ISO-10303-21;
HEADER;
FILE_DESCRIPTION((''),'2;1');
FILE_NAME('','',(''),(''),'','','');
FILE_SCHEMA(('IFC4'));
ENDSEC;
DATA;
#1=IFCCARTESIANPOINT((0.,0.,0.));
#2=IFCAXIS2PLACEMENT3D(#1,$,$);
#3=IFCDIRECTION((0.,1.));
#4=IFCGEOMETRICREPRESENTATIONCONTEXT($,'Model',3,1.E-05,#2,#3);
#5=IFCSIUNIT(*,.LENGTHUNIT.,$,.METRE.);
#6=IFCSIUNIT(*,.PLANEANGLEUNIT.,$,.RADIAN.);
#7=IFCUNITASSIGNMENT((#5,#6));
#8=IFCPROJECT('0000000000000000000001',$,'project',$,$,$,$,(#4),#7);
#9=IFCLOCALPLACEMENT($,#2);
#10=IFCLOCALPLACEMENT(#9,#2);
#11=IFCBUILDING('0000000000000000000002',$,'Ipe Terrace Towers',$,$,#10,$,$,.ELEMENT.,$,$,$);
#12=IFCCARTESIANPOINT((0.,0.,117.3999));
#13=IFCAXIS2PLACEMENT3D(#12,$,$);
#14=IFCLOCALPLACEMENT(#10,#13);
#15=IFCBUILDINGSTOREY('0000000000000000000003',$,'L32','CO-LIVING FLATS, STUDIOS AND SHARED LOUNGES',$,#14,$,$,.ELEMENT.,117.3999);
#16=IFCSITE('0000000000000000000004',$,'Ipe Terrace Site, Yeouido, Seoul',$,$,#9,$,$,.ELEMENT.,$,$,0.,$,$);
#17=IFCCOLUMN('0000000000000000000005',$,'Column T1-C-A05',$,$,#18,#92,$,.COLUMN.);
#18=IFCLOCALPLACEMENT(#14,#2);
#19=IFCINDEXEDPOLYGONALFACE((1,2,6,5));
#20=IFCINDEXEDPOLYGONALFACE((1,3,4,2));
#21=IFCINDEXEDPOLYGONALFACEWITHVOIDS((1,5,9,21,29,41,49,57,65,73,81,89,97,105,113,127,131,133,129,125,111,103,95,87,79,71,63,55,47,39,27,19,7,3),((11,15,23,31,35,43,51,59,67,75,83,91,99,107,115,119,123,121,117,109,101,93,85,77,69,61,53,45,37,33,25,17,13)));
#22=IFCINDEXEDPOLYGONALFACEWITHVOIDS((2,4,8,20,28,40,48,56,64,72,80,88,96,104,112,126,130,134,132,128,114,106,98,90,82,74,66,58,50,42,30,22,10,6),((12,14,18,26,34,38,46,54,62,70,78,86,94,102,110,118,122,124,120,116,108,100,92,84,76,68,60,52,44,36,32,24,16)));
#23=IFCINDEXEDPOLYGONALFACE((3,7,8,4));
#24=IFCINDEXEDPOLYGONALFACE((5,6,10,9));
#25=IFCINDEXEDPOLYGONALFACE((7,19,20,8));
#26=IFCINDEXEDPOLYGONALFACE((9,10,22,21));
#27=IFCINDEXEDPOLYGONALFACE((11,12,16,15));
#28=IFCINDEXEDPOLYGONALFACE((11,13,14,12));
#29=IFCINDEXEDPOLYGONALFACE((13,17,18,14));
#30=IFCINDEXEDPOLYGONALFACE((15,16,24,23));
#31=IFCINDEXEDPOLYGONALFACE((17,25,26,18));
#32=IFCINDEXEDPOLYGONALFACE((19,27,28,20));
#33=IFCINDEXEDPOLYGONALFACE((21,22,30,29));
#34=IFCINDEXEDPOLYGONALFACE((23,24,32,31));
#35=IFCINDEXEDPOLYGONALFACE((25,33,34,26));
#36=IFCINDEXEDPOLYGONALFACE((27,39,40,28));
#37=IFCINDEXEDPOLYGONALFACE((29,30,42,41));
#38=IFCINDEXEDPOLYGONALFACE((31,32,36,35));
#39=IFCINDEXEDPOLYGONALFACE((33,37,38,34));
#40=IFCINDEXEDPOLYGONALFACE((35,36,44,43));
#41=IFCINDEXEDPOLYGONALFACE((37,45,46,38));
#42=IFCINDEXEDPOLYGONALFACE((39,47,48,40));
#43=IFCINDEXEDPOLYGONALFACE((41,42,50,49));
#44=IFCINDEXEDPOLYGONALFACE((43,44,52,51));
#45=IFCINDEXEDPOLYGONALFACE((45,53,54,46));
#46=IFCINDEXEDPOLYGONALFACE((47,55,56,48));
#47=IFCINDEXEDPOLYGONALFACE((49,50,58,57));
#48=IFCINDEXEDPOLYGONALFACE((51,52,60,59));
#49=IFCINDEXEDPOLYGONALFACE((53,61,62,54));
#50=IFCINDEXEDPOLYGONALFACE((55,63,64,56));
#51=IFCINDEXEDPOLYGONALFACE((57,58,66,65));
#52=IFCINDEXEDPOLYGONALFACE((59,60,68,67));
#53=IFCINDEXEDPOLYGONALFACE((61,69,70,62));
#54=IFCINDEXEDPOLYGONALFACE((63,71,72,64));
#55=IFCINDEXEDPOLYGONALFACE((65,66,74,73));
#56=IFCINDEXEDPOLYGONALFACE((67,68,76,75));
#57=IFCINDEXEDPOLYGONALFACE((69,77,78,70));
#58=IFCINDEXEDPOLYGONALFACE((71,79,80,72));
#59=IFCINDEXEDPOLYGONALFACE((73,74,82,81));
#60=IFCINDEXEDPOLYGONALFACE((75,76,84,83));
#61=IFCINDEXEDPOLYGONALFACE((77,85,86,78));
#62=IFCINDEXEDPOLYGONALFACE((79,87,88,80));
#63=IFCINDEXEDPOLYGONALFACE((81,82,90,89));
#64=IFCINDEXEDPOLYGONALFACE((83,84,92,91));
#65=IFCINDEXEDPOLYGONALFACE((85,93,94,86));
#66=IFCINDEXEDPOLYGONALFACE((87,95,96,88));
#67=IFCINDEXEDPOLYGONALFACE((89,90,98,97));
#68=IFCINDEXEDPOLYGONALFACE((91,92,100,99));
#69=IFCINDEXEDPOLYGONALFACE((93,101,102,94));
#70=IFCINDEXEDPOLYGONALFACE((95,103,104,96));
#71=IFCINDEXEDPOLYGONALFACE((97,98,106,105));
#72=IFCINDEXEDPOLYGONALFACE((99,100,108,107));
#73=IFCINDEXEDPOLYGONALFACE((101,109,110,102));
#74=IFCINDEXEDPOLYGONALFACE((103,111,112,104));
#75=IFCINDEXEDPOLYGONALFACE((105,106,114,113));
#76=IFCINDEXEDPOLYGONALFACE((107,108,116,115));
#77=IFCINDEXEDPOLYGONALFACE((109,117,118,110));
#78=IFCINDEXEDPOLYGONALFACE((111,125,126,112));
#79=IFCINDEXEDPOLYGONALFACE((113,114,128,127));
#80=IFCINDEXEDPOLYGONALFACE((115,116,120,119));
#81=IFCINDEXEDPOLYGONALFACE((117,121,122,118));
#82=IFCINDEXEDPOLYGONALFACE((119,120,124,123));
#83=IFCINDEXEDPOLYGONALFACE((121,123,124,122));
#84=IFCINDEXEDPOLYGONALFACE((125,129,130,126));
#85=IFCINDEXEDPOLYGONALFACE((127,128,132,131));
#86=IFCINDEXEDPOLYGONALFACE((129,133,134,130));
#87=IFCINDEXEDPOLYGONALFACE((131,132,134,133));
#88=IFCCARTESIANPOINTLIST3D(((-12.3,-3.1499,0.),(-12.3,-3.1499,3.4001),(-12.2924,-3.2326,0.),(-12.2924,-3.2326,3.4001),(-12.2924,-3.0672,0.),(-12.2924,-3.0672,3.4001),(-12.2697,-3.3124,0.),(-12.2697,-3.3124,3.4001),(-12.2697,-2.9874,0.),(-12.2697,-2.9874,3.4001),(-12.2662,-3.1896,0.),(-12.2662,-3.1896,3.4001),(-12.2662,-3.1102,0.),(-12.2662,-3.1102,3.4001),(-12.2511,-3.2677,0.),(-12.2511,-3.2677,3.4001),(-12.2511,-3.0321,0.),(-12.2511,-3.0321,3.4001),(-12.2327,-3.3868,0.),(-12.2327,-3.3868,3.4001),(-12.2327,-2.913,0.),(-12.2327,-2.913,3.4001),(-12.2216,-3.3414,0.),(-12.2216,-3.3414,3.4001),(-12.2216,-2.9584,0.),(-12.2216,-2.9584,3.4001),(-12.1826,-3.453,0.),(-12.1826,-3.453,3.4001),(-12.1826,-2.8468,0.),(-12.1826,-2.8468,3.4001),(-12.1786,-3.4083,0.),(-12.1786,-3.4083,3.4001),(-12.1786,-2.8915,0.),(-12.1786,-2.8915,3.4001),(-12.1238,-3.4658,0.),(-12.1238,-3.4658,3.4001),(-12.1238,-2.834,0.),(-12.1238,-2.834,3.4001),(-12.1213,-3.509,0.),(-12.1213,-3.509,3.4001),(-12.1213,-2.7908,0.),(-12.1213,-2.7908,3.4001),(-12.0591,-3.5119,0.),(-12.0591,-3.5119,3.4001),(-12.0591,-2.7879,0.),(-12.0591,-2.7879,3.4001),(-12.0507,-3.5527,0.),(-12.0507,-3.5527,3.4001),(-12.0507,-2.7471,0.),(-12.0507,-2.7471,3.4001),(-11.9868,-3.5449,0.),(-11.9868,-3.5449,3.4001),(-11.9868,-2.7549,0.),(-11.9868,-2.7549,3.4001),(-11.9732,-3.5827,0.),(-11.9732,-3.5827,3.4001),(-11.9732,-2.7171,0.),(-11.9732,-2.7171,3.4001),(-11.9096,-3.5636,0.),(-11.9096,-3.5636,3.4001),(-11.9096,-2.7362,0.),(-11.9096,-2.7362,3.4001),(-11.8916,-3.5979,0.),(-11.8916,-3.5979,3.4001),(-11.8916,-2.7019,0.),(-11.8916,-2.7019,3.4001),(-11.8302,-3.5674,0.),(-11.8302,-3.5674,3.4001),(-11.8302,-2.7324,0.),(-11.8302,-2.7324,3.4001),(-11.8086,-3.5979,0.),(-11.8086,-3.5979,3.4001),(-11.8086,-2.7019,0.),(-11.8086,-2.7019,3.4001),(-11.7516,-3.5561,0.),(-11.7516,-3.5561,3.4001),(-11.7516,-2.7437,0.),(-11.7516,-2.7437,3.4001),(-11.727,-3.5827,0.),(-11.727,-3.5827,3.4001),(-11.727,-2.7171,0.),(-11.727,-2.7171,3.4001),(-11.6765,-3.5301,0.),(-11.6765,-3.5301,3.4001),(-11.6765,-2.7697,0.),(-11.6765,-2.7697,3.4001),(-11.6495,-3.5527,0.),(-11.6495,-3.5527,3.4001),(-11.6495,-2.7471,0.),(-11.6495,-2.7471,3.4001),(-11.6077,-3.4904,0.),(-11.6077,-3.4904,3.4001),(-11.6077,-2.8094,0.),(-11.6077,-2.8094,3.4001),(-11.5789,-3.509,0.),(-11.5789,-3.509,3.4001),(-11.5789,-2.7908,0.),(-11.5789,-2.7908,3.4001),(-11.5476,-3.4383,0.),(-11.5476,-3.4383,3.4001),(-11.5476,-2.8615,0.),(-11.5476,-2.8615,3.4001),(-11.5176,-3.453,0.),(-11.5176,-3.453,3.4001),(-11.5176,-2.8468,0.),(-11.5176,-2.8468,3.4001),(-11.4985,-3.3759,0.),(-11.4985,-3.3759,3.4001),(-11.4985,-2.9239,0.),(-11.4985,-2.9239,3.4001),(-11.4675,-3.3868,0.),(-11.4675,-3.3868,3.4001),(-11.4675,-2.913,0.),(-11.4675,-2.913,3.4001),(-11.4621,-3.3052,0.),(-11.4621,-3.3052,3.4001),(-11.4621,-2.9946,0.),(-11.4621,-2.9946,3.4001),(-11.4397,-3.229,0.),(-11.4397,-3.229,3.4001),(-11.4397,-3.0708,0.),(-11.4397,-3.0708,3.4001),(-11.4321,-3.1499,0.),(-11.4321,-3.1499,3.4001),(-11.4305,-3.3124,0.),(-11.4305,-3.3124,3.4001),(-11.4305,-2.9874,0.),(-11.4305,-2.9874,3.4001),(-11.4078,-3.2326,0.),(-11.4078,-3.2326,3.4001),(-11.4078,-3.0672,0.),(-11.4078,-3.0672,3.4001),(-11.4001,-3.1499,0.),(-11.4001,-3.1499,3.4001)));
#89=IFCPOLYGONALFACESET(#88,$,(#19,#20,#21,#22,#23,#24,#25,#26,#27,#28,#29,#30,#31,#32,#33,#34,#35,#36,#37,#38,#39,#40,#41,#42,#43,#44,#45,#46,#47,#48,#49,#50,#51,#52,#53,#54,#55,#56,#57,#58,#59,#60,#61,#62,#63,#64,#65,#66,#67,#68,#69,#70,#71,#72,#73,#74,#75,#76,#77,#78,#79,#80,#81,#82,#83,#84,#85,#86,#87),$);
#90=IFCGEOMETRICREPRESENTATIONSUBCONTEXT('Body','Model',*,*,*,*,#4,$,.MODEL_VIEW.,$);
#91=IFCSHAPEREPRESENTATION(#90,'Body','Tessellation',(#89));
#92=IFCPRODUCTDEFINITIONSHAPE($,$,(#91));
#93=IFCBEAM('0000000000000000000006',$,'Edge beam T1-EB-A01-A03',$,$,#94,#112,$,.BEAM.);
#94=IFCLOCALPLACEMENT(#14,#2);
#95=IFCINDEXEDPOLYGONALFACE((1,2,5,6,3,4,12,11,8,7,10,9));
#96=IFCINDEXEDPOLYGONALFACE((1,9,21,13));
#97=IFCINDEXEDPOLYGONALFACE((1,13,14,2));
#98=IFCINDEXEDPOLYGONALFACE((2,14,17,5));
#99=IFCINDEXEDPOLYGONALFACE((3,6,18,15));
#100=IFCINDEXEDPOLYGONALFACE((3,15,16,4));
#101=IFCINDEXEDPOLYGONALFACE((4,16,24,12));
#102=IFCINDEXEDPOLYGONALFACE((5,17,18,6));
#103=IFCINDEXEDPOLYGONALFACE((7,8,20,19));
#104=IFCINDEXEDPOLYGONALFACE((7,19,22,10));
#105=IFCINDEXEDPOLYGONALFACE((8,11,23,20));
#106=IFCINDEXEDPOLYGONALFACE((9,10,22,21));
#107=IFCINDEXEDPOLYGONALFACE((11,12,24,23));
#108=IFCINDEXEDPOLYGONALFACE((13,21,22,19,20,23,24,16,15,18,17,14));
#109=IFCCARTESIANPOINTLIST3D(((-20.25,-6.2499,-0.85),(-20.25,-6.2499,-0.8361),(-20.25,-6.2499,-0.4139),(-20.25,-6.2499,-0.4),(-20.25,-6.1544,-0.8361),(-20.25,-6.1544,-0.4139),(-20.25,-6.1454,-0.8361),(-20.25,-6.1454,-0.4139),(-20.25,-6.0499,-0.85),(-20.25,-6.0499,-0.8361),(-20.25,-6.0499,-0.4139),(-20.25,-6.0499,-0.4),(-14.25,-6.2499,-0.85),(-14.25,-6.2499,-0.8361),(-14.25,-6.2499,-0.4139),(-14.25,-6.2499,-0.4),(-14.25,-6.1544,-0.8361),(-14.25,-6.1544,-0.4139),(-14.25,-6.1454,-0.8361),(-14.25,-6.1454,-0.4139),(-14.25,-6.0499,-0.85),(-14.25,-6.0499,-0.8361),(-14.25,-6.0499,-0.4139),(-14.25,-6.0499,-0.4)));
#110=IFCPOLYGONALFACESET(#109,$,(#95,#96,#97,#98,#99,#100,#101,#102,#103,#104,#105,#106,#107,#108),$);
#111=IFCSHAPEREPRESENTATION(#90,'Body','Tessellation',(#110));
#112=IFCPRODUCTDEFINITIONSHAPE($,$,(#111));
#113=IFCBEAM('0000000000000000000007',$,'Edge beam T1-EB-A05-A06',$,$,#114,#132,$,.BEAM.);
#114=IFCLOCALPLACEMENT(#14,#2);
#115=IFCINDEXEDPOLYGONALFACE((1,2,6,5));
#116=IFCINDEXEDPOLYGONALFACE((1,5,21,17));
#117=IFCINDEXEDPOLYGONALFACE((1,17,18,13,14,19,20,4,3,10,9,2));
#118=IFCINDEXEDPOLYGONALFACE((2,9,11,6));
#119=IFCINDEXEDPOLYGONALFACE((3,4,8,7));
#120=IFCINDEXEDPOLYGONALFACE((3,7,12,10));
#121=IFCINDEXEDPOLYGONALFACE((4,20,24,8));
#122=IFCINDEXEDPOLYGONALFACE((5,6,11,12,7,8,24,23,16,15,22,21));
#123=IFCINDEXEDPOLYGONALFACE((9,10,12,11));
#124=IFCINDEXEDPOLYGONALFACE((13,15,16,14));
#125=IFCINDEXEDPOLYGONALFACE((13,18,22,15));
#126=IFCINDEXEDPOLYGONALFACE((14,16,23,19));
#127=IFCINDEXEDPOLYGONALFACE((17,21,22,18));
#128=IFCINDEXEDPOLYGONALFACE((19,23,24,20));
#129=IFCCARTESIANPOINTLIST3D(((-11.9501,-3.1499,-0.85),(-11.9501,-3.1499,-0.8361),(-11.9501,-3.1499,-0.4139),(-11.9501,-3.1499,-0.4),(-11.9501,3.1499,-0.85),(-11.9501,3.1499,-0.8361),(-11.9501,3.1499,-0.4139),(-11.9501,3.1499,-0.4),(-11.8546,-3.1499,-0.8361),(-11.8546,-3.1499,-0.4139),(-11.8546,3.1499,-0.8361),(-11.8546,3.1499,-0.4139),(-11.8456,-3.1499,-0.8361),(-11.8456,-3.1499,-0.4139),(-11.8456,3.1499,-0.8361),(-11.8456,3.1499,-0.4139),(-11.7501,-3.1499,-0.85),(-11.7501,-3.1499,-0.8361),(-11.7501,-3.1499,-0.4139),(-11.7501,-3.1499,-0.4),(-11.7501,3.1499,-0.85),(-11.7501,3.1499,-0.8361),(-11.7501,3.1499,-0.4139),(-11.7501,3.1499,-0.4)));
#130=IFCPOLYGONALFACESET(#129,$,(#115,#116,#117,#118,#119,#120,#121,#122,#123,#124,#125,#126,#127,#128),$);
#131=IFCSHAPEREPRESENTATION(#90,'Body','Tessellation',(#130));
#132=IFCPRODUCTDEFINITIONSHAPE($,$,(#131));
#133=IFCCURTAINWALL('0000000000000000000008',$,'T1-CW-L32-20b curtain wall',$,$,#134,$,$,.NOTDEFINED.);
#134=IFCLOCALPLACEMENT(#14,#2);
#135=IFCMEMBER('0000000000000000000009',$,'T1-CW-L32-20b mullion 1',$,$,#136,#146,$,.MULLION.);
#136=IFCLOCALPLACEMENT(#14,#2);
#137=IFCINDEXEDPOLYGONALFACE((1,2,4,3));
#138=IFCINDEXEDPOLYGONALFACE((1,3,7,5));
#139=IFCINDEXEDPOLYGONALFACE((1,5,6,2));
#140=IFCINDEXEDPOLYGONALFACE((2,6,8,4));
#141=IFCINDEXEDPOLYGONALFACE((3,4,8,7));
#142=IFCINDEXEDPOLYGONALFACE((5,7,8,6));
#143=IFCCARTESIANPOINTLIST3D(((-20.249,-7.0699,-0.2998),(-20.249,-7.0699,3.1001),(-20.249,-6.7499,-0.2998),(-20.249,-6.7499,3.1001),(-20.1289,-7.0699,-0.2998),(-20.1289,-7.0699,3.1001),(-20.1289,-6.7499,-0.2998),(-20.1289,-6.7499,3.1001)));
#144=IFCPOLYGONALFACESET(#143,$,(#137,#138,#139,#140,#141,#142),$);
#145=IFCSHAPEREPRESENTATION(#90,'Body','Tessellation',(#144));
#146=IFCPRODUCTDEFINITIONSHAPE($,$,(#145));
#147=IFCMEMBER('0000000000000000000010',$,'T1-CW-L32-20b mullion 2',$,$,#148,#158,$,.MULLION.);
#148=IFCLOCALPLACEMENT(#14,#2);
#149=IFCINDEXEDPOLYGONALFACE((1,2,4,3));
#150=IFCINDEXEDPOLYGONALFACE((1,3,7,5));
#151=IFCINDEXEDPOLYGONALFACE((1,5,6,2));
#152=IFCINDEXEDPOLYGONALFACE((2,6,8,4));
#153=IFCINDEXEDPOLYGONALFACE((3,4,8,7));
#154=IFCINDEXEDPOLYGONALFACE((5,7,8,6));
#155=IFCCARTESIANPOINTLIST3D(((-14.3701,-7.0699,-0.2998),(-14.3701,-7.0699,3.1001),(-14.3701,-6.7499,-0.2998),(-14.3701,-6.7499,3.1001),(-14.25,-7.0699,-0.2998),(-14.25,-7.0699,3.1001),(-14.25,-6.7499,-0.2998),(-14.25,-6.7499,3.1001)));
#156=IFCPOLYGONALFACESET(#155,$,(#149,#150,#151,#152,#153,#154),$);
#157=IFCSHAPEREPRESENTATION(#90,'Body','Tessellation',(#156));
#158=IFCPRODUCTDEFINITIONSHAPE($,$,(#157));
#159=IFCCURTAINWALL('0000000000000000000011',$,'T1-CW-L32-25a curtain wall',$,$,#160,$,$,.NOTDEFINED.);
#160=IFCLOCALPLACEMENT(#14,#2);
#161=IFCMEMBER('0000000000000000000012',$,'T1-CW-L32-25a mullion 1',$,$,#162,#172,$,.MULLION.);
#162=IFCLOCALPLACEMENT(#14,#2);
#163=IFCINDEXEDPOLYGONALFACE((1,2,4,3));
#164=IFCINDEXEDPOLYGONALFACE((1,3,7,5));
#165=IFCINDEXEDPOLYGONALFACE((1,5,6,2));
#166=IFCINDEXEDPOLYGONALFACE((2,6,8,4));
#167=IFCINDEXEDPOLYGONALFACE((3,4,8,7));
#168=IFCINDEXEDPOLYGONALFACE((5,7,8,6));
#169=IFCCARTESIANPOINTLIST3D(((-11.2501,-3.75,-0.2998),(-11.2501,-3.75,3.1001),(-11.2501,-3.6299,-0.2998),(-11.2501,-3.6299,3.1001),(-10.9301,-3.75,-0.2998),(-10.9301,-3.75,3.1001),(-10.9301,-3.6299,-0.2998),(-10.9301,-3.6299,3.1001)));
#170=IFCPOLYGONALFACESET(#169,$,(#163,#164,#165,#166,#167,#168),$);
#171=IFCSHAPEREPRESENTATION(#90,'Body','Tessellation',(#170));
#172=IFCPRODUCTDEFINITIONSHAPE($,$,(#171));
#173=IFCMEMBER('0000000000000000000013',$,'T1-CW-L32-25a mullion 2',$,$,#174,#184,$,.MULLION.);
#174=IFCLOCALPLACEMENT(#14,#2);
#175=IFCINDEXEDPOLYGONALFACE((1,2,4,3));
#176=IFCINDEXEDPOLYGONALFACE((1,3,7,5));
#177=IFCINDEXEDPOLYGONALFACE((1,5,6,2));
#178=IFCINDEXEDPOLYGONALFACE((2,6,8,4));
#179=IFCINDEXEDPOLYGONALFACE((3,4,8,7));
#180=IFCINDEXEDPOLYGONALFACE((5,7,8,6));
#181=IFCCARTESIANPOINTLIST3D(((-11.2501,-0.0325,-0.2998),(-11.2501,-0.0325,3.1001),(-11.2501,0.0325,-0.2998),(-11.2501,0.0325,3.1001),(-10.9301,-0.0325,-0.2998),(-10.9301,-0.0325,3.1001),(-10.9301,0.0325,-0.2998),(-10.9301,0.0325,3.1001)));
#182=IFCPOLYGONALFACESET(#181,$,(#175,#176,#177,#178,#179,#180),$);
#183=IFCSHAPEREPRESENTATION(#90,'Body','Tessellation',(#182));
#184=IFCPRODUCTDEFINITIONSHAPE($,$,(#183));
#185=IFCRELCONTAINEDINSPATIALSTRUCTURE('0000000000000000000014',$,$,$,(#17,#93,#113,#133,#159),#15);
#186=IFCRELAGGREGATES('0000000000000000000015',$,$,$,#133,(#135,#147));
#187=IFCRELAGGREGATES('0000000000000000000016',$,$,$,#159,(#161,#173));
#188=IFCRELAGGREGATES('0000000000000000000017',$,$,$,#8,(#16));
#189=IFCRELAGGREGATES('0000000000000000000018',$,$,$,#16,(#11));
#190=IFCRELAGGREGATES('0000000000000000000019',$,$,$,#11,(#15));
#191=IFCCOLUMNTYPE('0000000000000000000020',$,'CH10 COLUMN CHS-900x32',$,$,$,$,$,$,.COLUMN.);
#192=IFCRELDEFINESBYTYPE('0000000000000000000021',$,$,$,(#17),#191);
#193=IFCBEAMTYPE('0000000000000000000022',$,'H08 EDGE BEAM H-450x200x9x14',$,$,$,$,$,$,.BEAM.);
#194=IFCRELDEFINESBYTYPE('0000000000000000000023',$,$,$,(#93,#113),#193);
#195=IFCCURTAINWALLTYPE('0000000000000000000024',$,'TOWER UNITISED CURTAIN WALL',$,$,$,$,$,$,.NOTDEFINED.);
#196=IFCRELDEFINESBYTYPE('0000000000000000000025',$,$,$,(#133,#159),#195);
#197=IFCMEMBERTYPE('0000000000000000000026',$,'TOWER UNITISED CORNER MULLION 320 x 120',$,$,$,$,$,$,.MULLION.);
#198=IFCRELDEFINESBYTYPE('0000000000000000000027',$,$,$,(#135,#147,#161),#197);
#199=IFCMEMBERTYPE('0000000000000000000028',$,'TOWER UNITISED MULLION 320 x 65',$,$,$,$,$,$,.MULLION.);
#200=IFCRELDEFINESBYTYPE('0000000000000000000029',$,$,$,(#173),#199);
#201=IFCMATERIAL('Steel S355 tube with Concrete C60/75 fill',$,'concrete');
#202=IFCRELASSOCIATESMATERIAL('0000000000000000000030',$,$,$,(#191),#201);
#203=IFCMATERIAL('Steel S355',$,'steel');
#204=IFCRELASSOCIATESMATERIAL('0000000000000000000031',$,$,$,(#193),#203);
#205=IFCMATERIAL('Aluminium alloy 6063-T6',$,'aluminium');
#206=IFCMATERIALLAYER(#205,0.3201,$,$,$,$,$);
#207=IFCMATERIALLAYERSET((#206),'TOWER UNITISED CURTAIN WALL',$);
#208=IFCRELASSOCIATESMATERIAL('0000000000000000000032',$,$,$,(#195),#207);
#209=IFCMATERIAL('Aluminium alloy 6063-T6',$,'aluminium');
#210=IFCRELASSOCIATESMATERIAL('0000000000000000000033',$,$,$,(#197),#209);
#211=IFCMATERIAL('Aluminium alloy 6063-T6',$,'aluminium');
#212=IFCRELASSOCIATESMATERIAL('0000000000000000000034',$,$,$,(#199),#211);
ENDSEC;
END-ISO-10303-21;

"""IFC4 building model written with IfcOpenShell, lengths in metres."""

from ifc_helpers import new_model, si_unit, direction, frame, origin, origin_2d, place, context, subcontext, project, spatial, rectangle, hollow_circle, i_section, extrude, material, layer, layer_set, material_profile, profile_set, type_object, element, aggregate, save


model = new_model("IFC4")

# Units and contexts
model_context = context("Model", 3, precision=1e-05, world=origin(), true_north=direction((0.0, 1.0)))
body_context = subcontext(model_context, "Body", "Model", "MODEL_VIEW")
ifc_project = project(units=[si_unit("LENGTHUNIT", "METRE"), si_unit("PLANEANGLEUNIT", "RADIAN")], contexts=[model_context])

# Site, building, storey
site_placement = place(None, origin())
site = spatial("IfcSite", under=ifc_project, at=site_placement, Name="Ipe Terrace Site, Yeouido, Seoul", CompositionType="ELEMENT", RefElevation=0.0)
building_placement = place(site_placement, origin())
building = spatial("IfcBuilding", under=site, at=building_placement, Name="Ipe Terrace Towers", CompositionType="ELEMENT")
storey_placement = place(building_placement, frame((0.0, 0.0, 117.3999)))
storey = spatial("IfcBuildingStorey", under=building, at=storey_placement, Name="L32", Description="CO-LIVING FLATS, STUDIOS AND SHARED LOUNGES", CompositionType="ELEMENT", Elevation=117.3999)

# Column
ifc_material_1 = material(Name="Steel S355 tube with Concrete C60/75 fill", Category="concrete")
ifc_material_profile_1 = material_profile(ifc_material_1, hollow_circle(Radius=0.45, WallThickness=0.032, at=origin_2d()), Name="CHS-900x32")
ifc_profile_set_1 = profile_set([ifc_material_profile_1], Name="Steel S355 tube with Concrete C60/75 fill")
column_type = type_object("IfcColumnType", Name="CH10 COLUMN CHS-900x32", PredefinedType="COLUMN", material=ifc_profile_set_1)
for number, where, z_axis, x_axis, name in (
    (1, (-11.8501, -3.1499, 0.0), (0.0, 0.0, 1.0), (1.0, 0.0, 0.0), "Column T1-C-A05"),
):
    element("IfcColumn", number, at=place(storey_placement, frame(where, z_axis=z_axis, x_axis=x_axis)), inside=storey, type_object=column_type, Name=name, PredefinedType="COLUMN", context=body_context, shape_type="SweptSolid", body=[
        extrude(hollow_circle(Radius=0.45, WallThickness=0.032, at=origin_2d()), origin(), (0.0, 0.0, 1.0), 3.4001),
    ])

# Beams
ifc_material_2 = material(Name="Steel S355", Category="steel")
ifc_material_profile_2 = material_profile(ifc_material_2, i_section(OverallWidth=0.2, OverallDepth=0.45, WebThickness=0.009, FlangeThickness=0.0139, at=origin_2d()), Name="H-450x200x9x14")
ifc_profile_set_2 = profile_set([ifc_material_profile_2], Name="Steel S355")
beam_type = type_object("IfcBeamType", Name="H08 EDGE BEAM H-450x200x9x14", PredefinedType="BEAM", material=ifc_profile_set_2)
beam_1_placement = place(storey_placement, frame((-20.25, -6.1499, -0.625), z_axis=(1.0, 0.0, 0.0), x_axis=(0.0, 1.0, 0.0)))
element("IfcBeam", 2, at=beam_1_placement, inside=storey, type_object=beam_type, Name="Edge beam T1-EB-A01-A03", PredefinedType="BEAM", context=body_context, shape_type="SweptSolid", body=[
    extrude(i_section(OverallWidth=0.2, OverallDepth=0.45, WebThickness=0.009, FlangeThickness=0.0139, at=origin_2d()), origin(), (0.0, 0.0, 1.0), 6.0),
])
beam_2_placement = place(storey_placement, frame((-11.8501, -3.1499, -0.625), z_axis=(0.0, 1.0, 0.0), x_axis=(-1.0, 0.0, 0.0)))
element("IfcBeam", 3, at=beam_2_placement, inside=storey, type_object=beam_type, Name="Edge beam T1-EB-A05-A06", PredefinedType="BEAM", context=body_context, shape_type="SweptSolid", body=[
    extrude(i_section(OverallWidth=0.2, OverallDepth=0.45, WebThickness=0.009, FlangeThickness=0.0139, at=origin_2d()), origin(), (0.0, 0.0, 1.0), 6.2998),
])

# Curtain walls, members
ifc_material_3 = material(Name="Aluminium alloy 6063-T6", Category="aluminium")
ifc_layer_1 = layer(ifc_material_3, 0.3201)
ifc_layer_set_1 = layer_set([ifc_layer_1], Name="TOWER UNITISED CURTAIN WALL")
curtain_wall_type = type_object("IfcCurtainWallType", Name="TOWER UNITISED CURTAIN WALL", PredefinedType="NOTDEFINED", material=ifc_layer_set_1)
curtain_wall_1_placement = place(storey_placement, origin())
curtain_wall_1 = element("IfcCurtainWall", 4, at=curtain_wall_1_placement, inside=storey, type_object=curtain_wall_type, Name="T1-CW-L32-20b curtain wall", PredefinedType="NOTDEFINED")
ifc_material_4 = material(Name="Aluminium alloy 6063-T6", Category="aluminium")
ifc_material_profile_3 = material_profile(ifc_material_4, rectangle(XDim=0.3201, YDim=0.1201, at=origin_2d()), Name="TOWER UNITISED CORNER MULLION 320 x 120")
ifc_profile_set_3 = profile_set([ifc_material_profile_3], Name="Aluminium alloy 6063-T6")
member_type_1 = type_object("IfcMemberType", Name="TOWER UNITISED CORNER MULLION 320 x 120", PredefinedType="MULLION", material=ifc_profile_set_3)
member_1_placement = place(storey_placement, frame((-20.189, -6.9099, -0.2998), z_axis=(0.0, 0.0, 1.0), x_axis=(0.0, -1.0, 0.0)))
member_1 = element("IfcMember", 5, at=member_1_placement, type_object=member_type_1, Name="T1-CW-L32-20b mullion 1", PredefinedType="MULLION", context=body_context, shape_type="SweptSolid", body=[
    extrude(rectangle(XDim=0.3201, YDim=0.1201, at=origin_2d()), origin(), (0.0, 0.0, 1.0), 3.3999),
])
member_2_placement = place(storey_placement, frame((-14.3101, -6.9099, -0.2998), z_axis=(0.0, 0.0, 1.0), x_axis=(0.0, -1.0, 0.0)))
member_2 = element("IfcMember", 6, at=member_2_placement, type_object=member_type_1, Name="T1-CW-L32-20b mullion 2", PredefinedType="MULLION", context=body_context, shape_type="SweptSolid", body=[
    extrude(rectangle(XDim=0.3201, YDim=0.1201, at=origin_2d()), origin(), (0.0, 0.0, 1.0), 3.3999),
])
curtain_wall_2_placement = place(storey_placement, origin())
curtain_wall_2 = element("IfcCurtainWall", 7, at=curtain_wall_2_placement, inside=storey, type_object=curtain_wall_type, Name="T1-CW-L32-25a curtain wall", PredefinedType="NOTDEFINED")
member_3_placement = place(storey_placement, frame((-11.0901, -3.6899, -0.2998), z_axis=(0.0, 0.0, 1.0), x_axis=(1.0, 0.0, 0.0)))
member_3 = element("IfcMember", 8, at=member_3_placement, type_object=member_type_1, Name="T1-CW-L32-25a mullion 1", PredefinedType="MULLION", context=body_context, shape_type="SweptSolid", body=[
    extrude(rectangle(XDim=0.3201, YDim=0.1201, at=origin_2d()), origin(), (0.0, 0.0, 1.0), 3.3999),
])
ifc_material_5 = material(Name="Aluminium alloy 6063-T6", Category="aluminium")
ifc_material_profile_4 = material_profile(ifc_material_5, rectangle(XDim=0.3201, YDim=0.0649, at=origin_2d()), Name="TOWER UNITISED MULLION 320 x 65")
ifc_profile_set_4 = profile_set([ifc_material_profile_4], Name="Aluminium alloy 6063-T6")
member_type_2 = type_object("IfcMemberType", Name="TOWER UNITISED MULLION 320 x 65", PredefinedType="MULLION", material=ifc_profile_set_4)
member_4_placement = place(storey_placement, frame((-11.0901, 0.0, -0.2998), z_axis=(0.0, 0.0, 1.0), x_axis=(1.0, 0.0, 0.0)))
member_4 = element("IfcMember", 9, at=member_4_placement, type_object=member_type_2, Name="T1-CW-L32-25a mullion 2", PredefinedType="MULLION", context=body_context, shape_type="SweptSolid", body=[
    extrude(rectangle(XDim=0.3201, YDim=0.0649, at=origin_2d()), origin(), (0.0, 0.0, 1.0), 3.3999),
])

aggregate(curtain_wall_1, [member_1, member_2])
aggregate(curtain_wall_2, [member_3, member_4])

save(model, "model.ifc")
